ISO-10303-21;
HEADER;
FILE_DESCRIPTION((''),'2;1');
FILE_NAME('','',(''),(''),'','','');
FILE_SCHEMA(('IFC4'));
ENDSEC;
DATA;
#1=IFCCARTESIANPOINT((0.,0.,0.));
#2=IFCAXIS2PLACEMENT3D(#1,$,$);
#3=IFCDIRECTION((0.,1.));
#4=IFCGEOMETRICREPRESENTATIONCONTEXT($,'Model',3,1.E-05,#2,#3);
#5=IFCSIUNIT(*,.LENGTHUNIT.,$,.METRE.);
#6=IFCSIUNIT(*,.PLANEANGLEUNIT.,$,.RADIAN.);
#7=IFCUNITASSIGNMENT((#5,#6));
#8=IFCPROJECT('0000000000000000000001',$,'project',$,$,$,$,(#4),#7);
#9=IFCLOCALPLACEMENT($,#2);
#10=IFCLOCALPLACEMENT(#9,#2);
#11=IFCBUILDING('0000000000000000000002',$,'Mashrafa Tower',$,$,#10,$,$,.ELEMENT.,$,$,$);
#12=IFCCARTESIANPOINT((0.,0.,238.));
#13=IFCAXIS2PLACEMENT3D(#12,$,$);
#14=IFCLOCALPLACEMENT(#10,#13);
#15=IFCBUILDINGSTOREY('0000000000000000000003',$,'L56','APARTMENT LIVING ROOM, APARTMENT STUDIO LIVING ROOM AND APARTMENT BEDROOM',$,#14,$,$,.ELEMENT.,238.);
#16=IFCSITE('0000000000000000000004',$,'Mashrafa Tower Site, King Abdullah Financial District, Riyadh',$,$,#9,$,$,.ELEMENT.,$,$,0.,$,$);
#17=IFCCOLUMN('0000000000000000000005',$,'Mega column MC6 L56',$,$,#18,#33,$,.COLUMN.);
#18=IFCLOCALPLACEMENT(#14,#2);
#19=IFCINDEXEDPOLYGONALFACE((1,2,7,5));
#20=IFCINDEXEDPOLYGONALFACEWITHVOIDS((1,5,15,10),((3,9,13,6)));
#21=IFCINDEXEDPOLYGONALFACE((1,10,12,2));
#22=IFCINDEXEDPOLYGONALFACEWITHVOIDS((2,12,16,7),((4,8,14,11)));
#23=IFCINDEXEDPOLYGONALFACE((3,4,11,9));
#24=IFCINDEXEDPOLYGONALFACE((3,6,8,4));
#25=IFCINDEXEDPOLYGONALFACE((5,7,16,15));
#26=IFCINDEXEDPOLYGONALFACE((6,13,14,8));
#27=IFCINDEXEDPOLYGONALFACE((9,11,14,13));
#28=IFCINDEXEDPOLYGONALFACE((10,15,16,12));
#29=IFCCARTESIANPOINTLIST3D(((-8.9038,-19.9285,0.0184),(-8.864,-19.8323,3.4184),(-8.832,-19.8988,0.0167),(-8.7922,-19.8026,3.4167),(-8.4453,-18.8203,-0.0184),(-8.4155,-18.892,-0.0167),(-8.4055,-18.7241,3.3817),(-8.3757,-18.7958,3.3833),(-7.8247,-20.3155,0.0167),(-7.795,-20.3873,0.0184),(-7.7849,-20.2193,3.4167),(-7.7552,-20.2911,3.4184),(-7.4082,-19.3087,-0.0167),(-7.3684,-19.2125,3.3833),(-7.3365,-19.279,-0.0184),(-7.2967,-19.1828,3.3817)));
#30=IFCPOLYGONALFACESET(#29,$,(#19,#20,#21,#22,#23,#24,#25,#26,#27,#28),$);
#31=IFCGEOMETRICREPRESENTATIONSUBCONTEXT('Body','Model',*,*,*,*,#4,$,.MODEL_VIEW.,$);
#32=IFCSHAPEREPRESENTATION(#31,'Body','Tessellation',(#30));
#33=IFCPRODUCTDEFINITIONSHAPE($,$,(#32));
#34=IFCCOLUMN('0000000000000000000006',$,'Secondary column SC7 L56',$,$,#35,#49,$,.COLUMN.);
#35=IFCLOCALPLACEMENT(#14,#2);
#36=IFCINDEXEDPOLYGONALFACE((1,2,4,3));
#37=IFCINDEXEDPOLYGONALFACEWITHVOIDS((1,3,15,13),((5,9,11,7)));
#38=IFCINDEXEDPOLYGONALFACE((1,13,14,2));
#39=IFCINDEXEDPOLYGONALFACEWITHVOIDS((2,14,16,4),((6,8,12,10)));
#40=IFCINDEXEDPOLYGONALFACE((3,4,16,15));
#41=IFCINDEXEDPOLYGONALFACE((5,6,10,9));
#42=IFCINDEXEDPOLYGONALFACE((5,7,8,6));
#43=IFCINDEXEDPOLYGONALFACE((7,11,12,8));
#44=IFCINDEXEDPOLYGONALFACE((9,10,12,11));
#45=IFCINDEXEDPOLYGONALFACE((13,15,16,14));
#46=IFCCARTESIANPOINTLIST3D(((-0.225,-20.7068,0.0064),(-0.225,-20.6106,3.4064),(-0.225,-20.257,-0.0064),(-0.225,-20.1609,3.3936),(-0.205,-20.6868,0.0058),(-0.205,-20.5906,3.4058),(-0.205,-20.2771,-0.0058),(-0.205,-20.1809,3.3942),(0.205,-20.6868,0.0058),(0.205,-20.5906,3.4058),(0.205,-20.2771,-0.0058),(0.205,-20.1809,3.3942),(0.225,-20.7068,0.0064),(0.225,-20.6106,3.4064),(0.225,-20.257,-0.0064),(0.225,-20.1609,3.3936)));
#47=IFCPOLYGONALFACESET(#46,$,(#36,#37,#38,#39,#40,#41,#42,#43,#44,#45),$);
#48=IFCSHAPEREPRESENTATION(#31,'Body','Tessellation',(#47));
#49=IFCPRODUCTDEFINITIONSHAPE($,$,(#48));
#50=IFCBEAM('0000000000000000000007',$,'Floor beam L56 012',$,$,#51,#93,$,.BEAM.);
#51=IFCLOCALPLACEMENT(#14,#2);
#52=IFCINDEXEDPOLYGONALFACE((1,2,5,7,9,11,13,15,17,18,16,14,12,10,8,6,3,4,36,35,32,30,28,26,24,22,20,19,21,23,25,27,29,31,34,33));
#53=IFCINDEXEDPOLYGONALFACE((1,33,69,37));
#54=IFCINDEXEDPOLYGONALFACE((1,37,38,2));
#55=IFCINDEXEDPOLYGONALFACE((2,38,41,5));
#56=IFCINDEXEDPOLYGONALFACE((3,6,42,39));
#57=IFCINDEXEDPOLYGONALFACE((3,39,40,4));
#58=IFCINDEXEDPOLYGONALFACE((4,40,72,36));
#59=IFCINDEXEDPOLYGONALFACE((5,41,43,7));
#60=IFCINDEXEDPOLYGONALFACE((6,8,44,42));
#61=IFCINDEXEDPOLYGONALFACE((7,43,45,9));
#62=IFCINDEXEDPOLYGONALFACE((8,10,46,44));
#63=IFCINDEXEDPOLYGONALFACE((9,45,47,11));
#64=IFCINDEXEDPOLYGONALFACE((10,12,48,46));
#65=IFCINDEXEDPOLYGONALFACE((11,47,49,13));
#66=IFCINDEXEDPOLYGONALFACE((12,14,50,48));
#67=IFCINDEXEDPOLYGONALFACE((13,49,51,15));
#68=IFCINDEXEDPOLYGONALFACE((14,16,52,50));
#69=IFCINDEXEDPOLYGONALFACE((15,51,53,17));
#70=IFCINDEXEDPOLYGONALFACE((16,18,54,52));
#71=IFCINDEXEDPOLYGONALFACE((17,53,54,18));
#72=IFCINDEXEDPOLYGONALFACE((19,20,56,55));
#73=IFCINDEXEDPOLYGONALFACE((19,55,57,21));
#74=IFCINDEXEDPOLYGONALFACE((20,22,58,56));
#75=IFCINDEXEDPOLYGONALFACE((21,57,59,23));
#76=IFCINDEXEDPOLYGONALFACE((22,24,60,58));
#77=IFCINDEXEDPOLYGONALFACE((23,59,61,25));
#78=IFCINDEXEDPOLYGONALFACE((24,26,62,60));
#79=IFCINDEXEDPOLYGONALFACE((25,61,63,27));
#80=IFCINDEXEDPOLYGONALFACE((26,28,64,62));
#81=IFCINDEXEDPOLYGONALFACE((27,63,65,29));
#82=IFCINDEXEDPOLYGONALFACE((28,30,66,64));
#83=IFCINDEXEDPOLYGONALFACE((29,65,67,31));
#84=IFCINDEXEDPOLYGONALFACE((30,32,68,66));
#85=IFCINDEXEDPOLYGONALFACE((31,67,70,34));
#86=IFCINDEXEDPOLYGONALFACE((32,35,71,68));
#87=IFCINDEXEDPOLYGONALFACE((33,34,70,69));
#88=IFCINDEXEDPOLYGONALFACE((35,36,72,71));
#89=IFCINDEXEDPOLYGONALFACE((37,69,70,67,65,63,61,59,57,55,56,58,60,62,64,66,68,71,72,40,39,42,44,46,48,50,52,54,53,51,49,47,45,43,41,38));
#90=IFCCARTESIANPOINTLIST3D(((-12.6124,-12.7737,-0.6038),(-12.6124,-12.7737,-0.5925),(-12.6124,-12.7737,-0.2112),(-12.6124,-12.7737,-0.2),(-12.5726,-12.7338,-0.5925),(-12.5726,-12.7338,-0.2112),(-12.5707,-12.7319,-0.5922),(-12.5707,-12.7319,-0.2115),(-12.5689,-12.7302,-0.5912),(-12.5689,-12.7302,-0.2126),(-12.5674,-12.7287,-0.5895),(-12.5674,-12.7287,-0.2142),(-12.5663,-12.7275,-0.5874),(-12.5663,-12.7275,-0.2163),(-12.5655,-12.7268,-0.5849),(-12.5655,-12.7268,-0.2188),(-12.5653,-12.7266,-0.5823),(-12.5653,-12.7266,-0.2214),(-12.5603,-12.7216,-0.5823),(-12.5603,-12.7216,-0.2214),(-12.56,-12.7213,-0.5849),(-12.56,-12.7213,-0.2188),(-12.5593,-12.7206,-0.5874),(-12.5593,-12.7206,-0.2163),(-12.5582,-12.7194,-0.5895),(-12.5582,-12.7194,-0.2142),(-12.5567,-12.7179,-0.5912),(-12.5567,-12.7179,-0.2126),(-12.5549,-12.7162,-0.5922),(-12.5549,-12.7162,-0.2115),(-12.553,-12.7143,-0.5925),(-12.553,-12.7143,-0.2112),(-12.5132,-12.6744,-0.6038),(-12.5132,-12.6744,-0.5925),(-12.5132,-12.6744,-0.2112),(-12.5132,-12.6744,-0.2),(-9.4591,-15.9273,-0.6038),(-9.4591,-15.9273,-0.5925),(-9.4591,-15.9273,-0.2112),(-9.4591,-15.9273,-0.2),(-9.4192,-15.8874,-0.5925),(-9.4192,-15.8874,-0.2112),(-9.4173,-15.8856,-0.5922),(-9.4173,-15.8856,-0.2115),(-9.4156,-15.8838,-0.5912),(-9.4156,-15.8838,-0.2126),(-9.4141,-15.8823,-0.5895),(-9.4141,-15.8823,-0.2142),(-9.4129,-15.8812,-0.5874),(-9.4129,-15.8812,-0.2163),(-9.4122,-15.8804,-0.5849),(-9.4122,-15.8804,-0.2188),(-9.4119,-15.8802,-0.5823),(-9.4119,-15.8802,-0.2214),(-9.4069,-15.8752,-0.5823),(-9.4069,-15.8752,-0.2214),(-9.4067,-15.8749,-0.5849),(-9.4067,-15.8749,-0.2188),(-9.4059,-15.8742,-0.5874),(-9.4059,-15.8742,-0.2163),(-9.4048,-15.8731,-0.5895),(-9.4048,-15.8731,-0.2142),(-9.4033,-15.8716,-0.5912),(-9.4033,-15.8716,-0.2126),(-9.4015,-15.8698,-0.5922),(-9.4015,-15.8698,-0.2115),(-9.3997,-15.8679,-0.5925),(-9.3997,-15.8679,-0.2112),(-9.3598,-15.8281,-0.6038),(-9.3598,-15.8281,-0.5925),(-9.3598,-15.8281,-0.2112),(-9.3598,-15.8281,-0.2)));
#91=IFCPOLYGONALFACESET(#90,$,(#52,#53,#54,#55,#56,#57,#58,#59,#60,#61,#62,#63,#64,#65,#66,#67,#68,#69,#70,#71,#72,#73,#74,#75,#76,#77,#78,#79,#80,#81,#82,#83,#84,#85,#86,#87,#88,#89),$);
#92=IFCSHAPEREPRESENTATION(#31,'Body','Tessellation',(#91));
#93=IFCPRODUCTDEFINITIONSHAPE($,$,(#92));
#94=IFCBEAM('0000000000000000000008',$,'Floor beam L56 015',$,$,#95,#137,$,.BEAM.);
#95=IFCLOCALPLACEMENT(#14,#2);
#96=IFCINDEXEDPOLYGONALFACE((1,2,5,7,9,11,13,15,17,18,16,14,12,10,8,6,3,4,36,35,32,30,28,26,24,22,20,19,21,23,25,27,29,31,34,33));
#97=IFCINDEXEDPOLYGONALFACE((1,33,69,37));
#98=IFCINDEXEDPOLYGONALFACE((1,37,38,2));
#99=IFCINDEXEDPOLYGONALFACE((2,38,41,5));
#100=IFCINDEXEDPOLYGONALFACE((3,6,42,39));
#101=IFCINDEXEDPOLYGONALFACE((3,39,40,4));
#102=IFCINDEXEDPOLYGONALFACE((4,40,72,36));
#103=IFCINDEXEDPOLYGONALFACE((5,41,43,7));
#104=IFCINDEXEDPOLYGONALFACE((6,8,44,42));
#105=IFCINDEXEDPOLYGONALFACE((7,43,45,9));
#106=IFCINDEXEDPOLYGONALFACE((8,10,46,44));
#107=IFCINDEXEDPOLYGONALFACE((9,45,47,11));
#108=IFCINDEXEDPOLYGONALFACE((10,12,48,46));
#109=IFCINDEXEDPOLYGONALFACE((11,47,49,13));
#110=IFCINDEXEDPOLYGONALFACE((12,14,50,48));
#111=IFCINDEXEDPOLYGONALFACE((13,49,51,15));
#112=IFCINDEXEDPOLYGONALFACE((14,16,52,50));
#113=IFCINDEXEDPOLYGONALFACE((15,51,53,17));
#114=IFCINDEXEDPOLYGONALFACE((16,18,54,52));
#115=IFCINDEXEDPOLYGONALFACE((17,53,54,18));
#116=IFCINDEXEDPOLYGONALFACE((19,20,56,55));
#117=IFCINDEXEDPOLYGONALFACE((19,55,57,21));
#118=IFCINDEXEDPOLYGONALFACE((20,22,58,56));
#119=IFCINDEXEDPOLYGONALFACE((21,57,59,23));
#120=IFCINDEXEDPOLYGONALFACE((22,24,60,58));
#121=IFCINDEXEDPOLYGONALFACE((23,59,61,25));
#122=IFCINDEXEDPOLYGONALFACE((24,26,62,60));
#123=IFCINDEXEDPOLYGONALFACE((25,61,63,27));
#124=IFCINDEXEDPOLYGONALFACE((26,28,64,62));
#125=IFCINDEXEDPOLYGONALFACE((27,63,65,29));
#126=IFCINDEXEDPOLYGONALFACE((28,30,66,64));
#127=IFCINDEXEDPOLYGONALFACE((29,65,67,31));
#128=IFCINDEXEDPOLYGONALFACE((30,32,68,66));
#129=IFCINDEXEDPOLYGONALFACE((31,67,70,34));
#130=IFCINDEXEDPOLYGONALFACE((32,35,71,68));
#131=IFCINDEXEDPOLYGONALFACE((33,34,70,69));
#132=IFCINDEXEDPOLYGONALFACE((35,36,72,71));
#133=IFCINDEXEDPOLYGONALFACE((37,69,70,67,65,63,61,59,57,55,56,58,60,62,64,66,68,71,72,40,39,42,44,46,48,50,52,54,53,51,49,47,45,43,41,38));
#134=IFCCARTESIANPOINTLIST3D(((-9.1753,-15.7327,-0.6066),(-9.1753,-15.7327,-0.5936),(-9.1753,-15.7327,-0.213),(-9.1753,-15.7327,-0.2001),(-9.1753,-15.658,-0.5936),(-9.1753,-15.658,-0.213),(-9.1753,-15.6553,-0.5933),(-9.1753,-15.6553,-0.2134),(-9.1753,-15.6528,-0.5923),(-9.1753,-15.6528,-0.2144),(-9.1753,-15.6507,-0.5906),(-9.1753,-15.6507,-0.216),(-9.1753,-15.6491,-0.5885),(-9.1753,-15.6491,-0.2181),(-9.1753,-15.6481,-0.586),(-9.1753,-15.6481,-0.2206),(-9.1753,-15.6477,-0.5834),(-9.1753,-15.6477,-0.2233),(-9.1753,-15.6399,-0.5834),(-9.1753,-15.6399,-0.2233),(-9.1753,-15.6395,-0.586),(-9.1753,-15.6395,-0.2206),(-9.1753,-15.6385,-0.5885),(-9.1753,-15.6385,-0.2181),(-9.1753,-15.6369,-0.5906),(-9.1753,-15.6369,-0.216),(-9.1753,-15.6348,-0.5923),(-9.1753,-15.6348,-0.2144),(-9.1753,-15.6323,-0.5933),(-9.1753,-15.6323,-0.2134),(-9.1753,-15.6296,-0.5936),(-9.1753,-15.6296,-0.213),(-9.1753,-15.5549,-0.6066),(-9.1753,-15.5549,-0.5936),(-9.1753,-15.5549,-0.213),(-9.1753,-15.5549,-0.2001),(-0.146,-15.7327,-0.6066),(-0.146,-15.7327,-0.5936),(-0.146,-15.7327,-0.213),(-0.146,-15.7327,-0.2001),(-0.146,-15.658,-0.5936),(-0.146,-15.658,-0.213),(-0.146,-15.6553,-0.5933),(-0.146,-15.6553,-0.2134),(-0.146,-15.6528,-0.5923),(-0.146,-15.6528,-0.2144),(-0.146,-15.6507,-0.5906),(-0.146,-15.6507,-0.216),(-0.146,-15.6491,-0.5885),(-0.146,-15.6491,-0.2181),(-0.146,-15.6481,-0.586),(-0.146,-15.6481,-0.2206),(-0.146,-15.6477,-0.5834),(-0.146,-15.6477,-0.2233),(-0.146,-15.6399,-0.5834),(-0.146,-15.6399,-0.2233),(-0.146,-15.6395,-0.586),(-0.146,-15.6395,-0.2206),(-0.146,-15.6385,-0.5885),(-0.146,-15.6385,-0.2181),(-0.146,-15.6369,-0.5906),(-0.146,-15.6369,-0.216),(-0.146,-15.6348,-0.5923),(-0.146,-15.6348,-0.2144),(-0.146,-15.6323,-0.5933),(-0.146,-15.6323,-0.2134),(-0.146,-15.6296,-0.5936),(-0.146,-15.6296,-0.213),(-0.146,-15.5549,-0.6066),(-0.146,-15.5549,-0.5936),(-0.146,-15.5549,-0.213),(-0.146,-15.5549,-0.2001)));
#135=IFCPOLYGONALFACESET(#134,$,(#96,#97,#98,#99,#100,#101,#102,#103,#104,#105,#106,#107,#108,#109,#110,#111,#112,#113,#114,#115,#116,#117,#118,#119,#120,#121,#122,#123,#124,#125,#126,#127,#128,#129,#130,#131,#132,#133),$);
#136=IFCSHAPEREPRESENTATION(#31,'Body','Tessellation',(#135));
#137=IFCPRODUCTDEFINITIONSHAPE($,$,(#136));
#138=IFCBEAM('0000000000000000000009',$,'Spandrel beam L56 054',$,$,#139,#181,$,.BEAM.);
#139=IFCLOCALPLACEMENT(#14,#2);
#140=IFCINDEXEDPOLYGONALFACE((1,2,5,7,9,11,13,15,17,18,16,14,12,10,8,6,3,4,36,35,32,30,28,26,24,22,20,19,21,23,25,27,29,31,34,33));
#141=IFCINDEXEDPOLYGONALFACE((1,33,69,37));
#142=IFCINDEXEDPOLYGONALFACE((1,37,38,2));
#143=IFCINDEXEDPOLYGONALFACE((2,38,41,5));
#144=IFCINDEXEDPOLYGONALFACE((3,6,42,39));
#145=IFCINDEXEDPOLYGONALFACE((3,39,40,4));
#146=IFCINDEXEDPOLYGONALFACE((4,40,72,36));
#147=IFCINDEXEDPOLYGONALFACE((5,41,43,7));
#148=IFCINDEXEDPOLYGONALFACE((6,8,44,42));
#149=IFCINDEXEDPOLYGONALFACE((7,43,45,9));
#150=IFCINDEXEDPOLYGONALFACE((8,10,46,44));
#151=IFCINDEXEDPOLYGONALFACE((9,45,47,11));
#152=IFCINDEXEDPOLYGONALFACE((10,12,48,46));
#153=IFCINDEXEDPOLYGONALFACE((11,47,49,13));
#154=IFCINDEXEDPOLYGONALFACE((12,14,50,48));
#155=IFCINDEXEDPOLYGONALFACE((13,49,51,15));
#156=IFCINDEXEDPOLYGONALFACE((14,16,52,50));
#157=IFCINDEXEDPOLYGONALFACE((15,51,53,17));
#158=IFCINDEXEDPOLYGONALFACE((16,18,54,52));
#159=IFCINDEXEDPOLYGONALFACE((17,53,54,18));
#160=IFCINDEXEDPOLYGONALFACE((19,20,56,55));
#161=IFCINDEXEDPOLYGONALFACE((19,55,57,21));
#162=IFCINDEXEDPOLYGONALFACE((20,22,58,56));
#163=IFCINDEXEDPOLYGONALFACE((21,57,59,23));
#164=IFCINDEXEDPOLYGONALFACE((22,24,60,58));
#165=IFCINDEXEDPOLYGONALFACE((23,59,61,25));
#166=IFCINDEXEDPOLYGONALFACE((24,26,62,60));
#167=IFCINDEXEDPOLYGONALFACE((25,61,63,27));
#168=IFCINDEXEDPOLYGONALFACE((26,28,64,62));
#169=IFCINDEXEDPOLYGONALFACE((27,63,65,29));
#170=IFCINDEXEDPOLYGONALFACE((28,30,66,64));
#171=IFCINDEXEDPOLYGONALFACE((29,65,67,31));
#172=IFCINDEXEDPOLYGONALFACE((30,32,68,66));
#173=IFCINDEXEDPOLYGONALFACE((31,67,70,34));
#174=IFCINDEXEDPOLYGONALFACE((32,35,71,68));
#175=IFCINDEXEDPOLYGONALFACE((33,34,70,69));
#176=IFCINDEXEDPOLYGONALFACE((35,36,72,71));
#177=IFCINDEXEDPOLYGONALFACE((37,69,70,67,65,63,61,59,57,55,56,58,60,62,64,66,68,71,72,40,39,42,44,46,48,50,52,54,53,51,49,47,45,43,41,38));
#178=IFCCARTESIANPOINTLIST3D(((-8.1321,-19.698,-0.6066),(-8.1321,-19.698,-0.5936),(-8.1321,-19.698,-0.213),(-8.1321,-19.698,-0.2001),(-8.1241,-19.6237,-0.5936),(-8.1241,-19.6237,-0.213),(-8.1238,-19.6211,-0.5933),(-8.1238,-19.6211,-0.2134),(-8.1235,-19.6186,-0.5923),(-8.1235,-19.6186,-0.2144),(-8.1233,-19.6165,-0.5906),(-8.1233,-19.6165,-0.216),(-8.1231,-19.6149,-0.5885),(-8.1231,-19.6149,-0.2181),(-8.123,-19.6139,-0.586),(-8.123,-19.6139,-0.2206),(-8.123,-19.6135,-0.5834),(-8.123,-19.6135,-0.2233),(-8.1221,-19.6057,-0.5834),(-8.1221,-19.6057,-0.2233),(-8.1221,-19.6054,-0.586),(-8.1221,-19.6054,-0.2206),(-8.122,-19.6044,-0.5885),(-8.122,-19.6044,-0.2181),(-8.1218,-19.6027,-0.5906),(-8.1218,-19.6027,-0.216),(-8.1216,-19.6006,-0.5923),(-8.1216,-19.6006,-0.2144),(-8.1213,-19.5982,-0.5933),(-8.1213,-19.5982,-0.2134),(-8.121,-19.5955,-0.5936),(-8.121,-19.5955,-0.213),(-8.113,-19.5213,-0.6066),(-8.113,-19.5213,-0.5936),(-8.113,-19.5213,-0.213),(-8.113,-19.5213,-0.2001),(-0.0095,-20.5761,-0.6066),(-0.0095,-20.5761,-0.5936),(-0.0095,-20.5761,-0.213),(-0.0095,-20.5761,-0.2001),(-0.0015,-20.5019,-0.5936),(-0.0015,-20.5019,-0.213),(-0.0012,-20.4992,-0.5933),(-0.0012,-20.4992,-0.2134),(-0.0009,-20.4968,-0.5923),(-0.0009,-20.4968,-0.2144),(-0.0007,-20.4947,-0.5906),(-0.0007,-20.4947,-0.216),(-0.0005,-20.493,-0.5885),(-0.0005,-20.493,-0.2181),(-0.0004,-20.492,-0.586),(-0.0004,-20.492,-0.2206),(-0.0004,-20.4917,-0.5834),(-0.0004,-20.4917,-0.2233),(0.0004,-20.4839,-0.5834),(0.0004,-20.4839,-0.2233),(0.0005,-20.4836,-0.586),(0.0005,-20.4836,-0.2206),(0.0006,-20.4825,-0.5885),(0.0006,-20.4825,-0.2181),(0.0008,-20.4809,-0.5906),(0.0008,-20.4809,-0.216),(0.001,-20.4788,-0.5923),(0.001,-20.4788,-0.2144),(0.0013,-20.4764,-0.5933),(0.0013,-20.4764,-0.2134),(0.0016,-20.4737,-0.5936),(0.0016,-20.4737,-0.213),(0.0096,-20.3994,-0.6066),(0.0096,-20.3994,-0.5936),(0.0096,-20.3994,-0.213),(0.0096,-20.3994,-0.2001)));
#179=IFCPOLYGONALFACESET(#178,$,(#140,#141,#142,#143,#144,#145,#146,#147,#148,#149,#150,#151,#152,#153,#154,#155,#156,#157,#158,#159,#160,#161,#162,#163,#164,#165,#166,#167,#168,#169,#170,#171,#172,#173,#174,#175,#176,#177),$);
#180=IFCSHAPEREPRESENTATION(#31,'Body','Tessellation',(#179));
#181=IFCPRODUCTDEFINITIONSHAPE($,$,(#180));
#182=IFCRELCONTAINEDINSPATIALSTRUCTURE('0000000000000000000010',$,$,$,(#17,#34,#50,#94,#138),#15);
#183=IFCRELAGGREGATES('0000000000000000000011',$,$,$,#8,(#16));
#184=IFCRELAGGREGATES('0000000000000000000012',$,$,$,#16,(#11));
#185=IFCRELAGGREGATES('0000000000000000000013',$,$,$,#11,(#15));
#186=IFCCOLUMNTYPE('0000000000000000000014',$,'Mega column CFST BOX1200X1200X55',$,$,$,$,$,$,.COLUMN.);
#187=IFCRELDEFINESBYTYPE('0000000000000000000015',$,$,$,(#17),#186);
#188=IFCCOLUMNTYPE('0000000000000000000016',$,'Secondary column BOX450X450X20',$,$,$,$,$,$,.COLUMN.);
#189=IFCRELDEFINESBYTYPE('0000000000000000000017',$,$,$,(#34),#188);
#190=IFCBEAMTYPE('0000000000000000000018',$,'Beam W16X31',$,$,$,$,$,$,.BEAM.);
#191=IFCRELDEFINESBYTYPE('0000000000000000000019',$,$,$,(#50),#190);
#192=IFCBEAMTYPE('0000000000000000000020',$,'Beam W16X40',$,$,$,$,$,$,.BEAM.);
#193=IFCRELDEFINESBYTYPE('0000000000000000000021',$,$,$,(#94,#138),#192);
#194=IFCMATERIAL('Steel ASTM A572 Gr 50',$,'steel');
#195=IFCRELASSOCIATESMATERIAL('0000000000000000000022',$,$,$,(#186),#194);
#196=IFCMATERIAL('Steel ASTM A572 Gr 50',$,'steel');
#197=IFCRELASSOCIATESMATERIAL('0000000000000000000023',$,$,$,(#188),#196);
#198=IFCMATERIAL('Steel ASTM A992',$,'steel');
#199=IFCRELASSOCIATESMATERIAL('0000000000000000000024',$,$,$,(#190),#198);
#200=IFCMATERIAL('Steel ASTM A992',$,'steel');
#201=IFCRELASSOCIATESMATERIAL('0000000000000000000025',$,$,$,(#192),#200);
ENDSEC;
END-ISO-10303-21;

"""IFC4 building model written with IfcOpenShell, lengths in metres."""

from ifc_helpers import new_model, si_unit, direction, frame, origin, origin_2d, place, context, subcontext, project, spatial, hollow_rectangle, i_section, extrude, material, material_profile, profile_set, type_object, element, save


model = new_model("IFC4")

# Units and contexts
model_context = context("Model", 3, precision=1e-05, world=origin(), true_north=direction((0.0, 1.0)))
body_context = subcontext(model_context, "Body", "Model", "MODEL_VIEW")
ifc_project = project(units=[si_unit("LENGTHUNIT", "METRE"), si_unit("PLANEANGLEUNIT", "RADIAN")], contexts=[model_context])

# Site, building, storey
site_placement = place(None, origin())
site = spatial("IfcSite", under=ifc_project, at=site_placement, Name="Mashrafa Tower Site, King Abdullah Financial District, Riyadh", CompositionType="ELEMENT", RefElevation=0.0)
building_placement = place(site_placement, origin())
building = spatial("IfcBuilding", under=site, at=building_placement, Name="Mashrafa Tower", CompositionType="ELEMENT")
storey_placement = place(building_placement, frame((0.0, 0.0, 238.0)))
storey = spatial("IfcBuildingStorey", under=building, at=storey_placement, Name="L56", Description="APARTMENT LIVING ROOM, APARTMENT STUDIO LIVING ROOM AND APARTMENT BEDROOM", CompositionType="ELEMENT", Elevation=238.0)

# Columns
ifc_material_1 = material(Name="Steel ASTM A572 Gr 50", Category="steel")
ifc_material_profile_1 = material_profile(ifc_material_1, hollow_rectangle(XDim=1.2, YDim=1.2, WallThickness=0.0549, at=origin_2d()), Name="BOX1200X1200X55")
ifc_profile_set_1 = profile_set([ifc_material_profile_1], Name="Steel ASTM A572 Gr 50")
column_type_1 = type_object("IfcColumnType", Name="Mega column CFST BOX1200X1200X55", PredefinedType="COLUMN", material=ifc_profile_set_1)
column_1_placement = place(storey_placement, frame((-8.1201, -19.6038, 0.0), z_axis=(0.011699, 0.028279, 0.999532), x_axis=(-0.924045, 0.382283, 0.0)))
element("IfcColumn", 1, at=column_1_placement, inside=storey, type_object=column_type_1, Name="Mega column MC6 L56", PredefinedType="COLUMN", context=body_context, shape_type="SweptSolid", body=[
    extrude(hollow_rectangle(XDim=1.2, YDim=1.2, WallThickness=0.0549, at=origin_2d()), origin(), (0.0, 0.0, 1.0), 3.4016),
])
ifc_material_2 = material(Name="Steel ASTM A572 Gr 50", Category="steel")
ifc_material_profile_2 = material_profile(ifc_material_2, hollow_rectangle(XDim=0.45, YDim=0.45, WallThickness=0.02, at=origin_2d()), Name="BOX450X450X20")
ifc_profile_set_2 = profile_set([ifc_material_profile_2], Name="Steel ASTM A572 Gr 50")
column_type_2 = type_object("IfcColumnType", Name="Secondary column BOX450X450X20", PredefinedType="COLUMN", material=ifc_profile_set_2)
column_2_placement = place(storey_placement, frame((0.0, -20.4819, 0.0), z_axis=(0.0, 0.028281, 0.9996), x_axis=(-1.0, 0.0, 0.0)))
element("IfcColumn", 2, at=column_2_placement, inside=storey, type_object=column_type_2, Name="Secondary column SC7 L56", PredefinedType="COLUMN", context=body_context, shape_type="SweptSolid", body=[
    extrude(hollow_rectangle(XDim=0.45, YDim=0.45, WallThickness=0.02, at=origin_2d()), origin(), (0.0, 0.0, 1.0), 3.4014),
])

# Beams
ifc_material_3 = material(Name="Steel ASTM A992", Category="steel")
ifc_material_profile_3 = material_profile(ifc_material_3, i_section(OverallWidth=0.1404, OverallDepth=0.4038, WebThickness=0.0071, FlangeThickness=0.0112, FilletRadius=0.0103, at=origin_2d()), Name="W16X31")
ifc_profile_set_3 = profile_set([ifc_material_profile_3], Name="Steel ASTM A992")
beam_type_1 = type_object("IfcBeamType", Name="Beam W16X31", PredefinedType="BEAM", material=ifc_profile_set_3)
beam_1_placement = place(storey_placement, frame((-9.4094, -15.8777, -0.4019), z_axis=(-0.707079, 0.707134, 0.0), x_axis=(-0.707134, -0.707079, 0.0)))
element("IfcBeam", 3, at=beam_1_placement, inside=storey, type_object=beam_type_1, Name="Floor beam L56 012", PredefinedType="BEAM", context=body_context, shape_type="SweptSolid", body=[
    extrude(i_section(OverallWidth=0.1404, OverallDepth=0.4038, WebThickness=0.0071, FlangeThickness=0.0112, FilletRadius=0.0103, at=origin_2d()), origin(), (0.0, 0.0, 1.0), 4.4597),
])
ifc_material_4 = material(Name="Steel ASTM A992", Category="steel")
ifc_material_profile_4 = material_profile(ifc_material_4, i_section(OverallWidth=0.1777, OverallDepth=0.4065, WebThickness=0.0078, FlangeThickness=0.0129, FilletRadius=0.0103, at=origin_2d()), Name="W16X40")
ifc_profile_set_4 = profile_set([ifc_material_profile_4], Name="Steel ASTM A992")
beam_type_2 = type_object("IfcBeamType", Name="Beam W16X40", PredefinedType="BEAM", material=ifc_profile_set_4)
beam_2_placement = place(storey_placement, frame((-0.146, -15.6438, -0.4033), z_axis=(-1.0, 0.0, 0.0), x_axis=(0.0, -1.0, 0.0)))
element("IfcBeam", 4, at=beam_2_placement, inside=storey, type_object=beam_type_2, Name="Floor beam L56 015", PredefinedType="BEAM", context=body_context, shape_type="SweptSolid", body=[
    extrude(i_section(OverallWidth=0.1777, OverallDepth=0.4065, WebThickness=0.0078, FlangeThickness=0.0129, FilletRadius=0.0103, at=origin_2d()), origin(), (0.0, 0.0, 1.0), 9.0293),
])
beam_3_placement = place(storey_placement, frame((-8.1226, -19.6096, -0.4033), z_axis=(0.994206, -0.107489, 0.0), x_axis=(0.107489, 0.994206, 0.0)))
element("IfcBeam", 5, at=beam_3_placement, inside=storey, type_object=beam_type_2, Name="Spandrel beam L56 054", PredefinedType="BEAM", context=body_context, shape_type="SweptSolid", body=[
    extrude(i_section(OverallWidth=0.1777, OverallDepth=0.4065, WebThickness=0.0078, FlangeThickness=0.0129, FilletRadius=0.0103, at=origin_2d()), origin(), (0.0, 0.0, 1.0), 8.1699),
])

save(model, "model.ifc")
